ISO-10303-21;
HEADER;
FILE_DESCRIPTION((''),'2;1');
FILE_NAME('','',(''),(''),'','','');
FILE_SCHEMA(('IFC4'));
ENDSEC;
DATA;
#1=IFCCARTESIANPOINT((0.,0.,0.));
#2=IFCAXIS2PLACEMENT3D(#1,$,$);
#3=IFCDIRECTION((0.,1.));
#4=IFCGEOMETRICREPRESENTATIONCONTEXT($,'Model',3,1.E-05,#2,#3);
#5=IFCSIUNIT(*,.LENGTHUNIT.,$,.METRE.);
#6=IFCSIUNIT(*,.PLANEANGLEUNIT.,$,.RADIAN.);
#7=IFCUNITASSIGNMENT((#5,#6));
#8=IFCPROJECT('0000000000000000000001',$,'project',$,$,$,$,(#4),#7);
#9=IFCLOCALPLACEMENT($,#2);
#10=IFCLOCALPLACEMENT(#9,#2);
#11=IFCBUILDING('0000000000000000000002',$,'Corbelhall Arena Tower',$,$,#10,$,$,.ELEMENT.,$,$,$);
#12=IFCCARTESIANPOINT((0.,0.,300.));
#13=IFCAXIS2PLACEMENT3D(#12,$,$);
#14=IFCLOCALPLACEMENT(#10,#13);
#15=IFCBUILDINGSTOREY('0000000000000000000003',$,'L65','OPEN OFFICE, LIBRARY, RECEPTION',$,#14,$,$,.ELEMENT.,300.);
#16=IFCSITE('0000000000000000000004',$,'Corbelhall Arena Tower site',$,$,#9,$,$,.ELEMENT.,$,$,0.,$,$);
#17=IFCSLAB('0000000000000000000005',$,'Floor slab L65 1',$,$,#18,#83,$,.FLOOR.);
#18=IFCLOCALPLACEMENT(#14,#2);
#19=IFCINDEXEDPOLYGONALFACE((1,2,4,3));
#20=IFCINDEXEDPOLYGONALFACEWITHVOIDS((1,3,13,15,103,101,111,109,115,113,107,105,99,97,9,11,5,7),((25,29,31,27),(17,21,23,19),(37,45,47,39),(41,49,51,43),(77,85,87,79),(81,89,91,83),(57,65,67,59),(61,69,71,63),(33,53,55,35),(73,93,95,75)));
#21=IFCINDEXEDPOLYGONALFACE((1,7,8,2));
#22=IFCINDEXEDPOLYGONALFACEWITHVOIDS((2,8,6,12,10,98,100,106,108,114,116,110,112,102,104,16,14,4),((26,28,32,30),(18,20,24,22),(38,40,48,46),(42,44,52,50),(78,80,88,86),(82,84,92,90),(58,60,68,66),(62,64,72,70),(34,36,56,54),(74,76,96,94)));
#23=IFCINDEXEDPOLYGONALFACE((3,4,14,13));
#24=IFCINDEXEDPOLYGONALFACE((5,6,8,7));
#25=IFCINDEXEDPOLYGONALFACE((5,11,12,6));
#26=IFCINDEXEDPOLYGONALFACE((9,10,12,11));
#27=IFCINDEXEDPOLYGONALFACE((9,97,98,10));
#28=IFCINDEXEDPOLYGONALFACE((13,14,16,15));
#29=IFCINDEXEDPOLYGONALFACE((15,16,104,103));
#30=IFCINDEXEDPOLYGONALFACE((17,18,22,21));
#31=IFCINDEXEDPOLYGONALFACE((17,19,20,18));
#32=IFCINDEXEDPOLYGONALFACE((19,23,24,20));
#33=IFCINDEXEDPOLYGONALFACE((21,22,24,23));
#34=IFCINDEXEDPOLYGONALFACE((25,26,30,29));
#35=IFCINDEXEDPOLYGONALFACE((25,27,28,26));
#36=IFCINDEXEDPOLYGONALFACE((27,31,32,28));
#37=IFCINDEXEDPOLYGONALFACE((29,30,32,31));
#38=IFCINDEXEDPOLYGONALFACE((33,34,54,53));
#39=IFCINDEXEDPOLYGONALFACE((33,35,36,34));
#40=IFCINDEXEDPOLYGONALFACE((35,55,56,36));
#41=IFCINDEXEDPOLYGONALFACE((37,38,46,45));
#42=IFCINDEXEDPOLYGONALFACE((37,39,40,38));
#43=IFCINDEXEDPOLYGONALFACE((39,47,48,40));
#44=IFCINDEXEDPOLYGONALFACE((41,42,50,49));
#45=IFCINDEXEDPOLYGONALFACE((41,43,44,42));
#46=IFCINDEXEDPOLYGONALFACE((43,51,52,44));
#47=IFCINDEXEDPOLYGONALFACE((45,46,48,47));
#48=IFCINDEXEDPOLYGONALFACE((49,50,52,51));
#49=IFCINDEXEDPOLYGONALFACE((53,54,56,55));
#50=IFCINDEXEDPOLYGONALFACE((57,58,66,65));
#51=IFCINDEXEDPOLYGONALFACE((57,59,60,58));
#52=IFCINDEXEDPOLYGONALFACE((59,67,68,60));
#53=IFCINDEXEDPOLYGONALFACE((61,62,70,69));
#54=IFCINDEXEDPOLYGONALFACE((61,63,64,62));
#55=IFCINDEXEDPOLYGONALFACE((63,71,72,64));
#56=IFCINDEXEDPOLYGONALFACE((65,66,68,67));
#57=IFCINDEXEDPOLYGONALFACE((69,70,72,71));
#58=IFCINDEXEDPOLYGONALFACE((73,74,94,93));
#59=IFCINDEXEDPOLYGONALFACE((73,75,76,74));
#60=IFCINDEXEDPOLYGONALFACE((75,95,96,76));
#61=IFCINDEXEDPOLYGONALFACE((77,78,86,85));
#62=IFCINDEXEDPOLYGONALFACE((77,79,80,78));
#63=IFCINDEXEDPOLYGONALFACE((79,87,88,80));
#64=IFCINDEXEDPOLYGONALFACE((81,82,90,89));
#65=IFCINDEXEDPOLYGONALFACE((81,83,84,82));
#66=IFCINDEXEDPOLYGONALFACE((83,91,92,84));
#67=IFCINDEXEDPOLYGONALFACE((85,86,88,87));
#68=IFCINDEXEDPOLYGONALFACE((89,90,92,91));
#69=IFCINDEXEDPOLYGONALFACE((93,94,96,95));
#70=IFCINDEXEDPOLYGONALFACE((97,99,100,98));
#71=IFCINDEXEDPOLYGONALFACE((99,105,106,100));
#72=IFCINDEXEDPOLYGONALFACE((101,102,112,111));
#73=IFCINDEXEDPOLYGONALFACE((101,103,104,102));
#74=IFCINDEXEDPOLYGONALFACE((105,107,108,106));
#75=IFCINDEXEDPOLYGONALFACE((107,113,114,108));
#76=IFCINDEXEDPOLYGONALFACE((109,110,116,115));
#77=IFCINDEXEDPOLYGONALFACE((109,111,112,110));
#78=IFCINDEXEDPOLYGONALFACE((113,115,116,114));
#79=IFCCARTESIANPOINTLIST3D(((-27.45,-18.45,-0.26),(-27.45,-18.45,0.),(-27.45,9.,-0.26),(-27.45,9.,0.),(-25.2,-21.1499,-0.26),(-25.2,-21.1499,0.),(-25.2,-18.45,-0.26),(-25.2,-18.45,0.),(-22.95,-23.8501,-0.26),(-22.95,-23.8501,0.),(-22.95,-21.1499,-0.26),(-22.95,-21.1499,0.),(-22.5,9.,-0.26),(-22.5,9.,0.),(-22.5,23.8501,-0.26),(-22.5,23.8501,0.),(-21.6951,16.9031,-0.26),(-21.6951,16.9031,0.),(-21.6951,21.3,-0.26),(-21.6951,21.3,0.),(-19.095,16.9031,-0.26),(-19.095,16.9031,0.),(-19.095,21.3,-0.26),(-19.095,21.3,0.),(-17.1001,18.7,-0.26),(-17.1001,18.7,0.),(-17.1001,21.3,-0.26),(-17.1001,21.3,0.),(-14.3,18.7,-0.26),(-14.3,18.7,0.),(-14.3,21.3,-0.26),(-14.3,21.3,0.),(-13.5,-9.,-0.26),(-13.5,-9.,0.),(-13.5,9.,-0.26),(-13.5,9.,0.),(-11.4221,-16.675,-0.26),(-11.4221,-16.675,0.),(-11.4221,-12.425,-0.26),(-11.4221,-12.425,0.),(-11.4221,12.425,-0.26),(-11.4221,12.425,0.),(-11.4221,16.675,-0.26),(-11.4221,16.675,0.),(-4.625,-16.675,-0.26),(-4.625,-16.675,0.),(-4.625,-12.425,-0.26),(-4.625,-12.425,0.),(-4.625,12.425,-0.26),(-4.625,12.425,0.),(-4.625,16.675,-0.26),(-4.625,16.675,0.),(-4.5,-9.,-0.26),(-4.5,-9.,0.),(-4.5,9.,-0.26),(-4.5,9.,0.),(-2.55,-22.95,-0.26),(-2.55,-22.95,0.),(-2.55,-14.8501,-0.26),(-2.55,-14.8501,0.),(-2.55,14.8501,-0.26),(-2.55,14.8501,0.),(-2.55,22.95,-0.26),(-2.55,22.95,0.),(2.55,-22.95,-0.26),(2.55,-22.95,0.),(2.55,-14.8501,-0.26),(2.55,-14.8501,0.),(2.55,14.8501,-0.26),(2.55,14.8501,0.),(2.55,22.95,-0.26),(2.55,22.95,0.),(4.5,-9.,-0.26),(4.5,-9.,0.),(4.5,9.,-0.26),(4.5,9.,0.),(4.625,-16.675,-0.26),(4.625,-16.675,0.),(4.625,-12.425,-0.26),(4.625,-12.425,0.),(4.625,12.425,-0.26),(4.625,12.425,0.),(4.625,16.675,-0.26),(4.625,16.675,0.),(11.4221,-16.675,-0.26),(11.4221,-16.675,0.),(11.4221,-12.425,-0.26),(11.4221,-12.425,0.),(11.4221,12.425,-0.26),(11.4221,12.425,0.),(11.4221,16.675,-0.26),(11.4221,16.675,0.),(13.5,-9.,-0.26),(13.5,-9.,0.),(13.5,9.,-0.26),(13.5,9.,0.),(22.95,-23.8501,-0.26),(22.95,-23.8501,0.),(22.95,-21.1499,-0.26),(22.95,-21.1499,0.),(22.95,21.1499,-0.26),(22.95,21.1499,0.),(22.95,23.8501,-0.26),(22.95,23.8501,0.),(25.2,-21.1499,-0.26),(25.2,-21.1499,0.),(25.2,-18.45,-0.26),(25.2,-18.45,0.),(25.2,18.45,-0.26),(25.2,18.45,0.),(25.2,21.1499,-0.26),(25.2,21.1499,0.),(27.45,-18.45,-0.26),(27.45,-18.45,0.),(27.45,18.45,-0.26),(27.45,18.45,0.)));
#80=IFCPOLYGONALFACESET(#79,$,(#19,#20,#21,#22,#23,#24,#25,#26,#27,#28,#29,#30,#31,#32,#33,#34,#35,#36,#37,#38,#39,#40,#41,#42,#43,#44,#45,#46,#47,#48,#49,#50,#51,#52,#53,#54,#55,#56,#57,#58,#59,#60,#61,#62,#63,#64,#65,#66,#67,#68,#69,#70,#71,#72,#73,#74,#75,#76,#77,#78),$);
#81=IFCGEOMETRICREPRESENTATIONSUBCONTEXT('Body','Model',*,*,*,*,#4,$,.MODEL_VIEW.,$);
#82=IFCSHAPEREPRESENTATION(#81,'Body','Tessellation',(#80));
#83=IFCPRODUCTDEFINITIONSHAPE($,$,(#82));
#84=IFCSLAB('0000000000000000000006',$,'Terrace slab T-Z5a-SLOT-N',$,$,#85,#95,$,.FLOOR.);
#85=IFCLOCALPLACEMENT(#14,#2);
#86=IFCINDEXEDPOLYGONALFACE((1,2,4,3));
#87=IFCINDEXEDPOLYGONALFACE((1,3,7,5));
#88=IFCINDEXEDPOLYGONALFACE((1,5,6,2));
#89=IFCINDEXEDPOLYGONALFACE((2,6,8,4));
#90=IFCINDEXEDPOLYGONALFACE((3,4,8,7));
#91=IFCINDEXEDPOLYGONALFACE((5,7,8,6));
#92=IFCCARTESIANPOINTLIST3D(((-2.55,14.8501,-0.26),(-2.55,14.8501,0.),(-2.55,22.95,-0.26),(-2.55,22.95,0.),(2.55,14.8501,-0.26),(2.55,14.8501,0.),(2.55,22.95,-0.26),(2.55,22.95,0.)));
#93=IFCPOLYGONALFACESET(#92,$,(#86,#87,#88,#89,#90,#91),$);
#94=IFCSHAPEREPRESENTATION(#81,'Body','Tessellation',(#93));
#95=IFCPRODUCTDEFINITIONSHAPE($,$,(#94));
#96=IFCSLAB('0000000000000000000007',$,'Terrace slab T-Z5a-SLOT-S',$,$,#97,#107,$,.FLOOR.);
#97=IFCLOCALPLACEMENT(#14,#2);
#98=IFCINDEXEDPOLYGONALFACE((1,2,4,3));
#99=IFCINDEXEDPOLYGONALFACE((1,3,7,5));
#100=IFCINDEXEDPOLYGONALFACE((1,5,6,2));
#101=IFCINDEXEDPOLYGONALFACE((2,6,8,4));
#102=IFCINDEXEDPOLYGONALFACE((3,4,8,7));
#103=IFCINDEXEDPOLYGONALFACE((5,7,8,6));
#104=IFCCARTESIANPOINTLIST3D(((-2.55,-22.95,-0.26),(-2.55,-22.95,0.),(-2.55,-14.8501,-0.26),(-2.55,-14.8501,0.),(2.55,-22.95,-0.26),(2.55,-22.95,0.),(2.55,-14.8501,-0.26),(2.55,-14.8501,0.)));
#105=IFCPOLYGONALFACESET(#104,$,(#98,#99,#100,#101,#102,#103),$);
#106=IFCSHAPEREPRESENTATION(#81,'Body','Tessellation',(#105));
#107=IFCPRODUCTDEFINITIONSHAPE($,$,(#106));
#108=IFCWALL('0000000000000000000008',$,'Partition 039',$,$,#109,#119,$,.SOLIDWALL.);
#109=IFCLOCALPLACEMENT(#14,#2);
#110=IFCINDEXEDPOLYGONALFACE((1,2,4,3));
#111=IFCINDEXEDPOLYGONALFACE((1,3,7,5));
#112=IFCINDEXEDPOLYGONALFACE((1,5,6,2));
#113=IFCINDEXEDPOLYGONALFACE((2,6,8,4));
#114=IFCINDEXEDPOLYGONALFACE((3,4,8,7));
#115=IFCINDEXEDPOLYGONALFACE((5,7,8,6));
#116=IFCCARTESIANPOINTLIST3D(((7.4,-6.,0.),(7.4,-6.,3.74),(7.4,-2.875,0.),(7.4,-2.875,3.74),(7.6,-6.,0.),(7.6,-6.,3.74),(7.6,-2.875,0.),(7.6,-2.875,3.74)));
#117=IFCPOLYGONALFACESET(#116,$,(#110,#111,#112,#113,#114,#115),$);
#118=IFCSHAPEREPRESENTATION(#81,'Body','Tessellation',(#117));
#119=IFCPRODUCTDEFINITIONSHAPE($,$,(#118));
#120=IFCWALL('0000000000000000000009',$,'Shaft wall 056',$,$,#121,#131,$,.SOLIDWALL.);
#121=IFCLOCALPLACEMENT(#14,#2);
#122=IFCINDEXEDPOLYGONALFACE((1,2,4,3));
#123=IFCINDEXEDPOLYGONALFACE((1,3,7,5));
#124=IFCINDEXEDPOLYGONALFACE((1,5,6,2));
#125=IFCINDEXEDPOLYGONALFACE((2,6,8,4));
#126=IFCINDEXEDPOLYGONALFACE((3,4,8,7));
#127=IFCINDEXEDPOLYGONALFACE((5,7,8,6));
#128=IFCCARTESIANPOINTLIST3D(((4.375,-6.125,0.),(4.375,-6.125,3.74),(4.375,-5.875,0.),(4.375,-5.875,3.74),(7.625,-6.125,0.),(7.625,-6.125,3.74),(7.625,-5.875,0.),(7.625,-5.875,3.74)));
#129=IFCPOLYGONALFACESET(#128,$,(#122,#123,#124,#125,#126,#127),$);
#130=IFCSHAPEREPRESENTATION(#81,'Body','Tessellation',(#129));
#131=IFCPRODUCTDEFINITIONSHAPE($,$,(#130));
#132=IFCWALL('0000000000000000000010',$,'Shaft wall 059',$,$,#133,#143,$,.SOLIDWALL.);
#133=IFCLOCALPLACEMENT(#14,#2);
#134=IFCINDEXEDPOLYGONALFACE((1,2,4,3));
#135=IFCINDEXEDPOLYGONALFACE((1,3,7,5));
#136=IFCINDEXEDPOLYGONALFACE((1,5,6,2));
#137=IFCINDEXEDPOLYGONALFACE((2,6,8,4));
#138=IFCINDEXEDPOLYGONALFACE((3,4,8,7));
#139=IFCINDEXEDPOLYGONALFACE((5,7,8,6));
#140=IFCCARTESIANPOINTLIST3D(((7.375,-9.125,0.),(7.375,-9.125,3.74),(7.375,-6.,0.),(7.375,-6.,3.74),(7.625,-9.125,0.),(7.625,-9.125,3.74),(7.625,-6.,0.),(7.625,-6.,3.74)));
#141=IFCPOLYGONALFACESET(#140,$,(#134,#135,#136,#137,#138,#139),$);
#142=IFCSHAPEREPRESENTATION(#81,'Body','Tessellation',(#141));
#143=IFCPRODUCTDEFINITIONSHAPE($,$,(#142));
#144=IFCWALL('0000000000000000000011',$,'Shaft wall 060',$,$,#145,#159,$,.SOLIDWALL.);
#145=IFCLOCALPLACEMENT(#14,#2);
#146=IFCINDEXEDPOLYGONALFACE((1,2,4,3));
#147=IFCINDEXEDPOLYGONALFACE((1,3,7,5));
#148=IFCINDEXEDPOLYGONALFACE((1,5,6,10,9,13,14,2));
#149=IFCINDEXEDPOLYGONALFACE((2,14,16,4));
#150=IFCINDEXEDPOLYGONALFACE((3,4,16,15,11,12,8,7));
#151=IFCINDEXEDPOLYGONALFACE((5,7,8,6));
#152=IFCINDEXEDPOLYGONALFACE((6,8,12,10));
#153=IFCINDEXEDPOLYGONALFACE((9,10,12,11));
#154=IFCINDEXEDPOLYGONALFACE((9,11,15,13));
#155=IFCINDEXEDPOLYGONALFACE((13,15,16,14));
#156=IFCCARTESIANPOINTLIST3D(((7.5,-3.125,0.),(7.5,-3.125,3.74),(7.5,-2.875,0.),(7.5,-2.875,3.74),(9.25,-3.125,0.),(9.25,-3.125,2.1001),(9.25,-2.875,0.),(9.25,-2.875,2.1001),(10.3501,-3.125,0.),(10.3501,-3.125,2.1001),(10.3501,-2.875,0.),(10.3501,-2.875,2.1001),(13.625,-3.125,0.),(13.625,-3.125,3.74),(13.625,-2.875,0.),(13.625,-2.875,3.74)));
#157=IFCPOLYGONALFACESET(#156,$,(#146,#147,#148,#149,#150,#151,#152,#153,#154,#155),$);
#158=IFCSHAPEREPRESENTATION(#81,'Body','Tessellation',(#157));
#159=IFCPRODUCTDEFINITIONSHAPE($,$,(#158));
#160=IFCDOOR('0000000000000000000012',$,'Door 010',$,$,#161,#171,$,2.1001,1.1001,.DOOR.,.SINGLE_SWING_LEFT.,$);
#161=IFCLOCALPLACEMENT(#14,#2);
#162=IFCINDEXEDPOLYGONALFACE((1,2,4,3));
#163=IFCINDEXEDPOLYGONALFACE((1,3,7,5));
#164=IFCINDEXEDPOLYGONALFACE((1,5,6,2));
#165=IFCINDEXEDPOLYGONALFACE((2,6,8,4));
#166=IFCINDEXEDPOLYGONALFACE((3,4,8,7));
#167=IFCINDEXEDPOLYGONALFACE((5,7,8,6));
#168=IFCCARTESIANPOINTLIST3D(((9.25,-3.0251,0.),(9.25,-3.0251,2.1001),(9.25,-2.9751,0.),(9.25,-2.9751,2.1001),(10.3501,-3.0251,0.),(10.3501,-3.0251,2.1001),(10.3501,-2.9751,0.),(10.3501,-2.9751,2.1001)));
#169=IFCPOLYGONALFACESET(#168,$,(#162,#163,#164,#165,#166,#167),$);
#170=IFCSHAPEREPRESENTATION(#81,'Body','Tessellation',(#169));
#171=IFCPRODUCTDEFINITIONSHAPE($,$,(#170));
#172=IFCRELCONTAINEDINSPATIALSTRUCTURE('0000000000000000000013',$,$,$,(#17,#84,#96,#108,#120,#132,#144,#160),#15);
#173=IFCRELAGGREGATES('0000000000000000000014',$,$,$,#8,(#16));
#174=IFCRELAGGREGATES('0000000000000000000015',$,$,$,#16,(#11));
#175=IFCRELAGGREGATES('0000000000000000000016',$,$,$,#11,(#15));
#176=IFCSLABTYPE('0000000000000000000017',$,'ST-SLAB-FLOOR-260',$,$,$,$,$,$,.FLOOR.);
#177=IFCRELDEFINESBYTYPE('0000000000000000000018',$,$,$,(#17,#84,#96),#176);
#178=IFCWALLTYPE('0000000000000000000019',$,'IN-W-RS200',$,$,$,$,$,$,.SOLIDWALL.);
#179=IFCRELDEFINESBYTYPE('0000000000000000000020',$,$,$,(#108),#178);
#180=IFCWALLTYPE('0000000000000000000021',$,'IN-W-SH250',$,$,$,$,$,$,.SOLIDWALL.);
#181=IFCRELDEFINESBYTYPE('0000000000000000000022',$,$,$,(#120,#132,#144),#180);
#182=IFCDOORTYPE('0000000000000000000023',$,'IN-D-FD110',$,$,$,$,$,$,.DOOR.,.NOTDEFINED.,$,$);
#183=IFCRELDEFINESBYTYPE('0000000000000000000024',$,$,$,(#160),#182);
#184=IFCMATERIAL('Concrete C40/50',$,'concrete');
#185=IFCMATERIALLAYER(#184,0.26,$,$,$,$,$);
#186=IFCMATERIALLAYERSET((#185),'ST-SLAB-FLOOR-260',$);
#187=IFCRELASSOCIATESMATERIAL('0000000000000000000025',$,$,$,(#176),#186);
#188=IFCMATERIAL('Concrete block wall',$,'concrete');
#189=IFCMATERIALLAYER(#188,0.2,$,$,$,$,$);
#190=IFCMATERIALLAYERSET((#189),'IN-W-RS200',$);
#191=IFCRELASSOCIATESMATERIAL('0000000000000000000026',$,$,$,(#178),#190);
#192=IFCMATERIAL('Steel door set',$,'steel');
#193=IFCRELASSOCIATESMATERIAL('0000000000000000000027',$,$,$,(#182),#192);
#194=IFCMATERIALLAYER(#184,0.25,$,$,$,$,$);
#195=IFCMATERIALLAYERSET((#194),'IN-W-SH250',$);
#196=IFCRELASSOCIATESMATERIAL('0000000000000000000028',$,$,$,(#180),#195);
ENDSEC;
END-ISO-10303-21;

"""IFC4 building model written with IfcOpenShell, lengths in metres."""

from ifc_helpers import new_model, si_unit, direction, frame, frame_2d, origin, place, context, subcontext, project, spatial, polyline, rectangle, outline, extrude, material, layer, layer_set, type_object, element, fill, save


model = new_model("IFC4")

# Units and contexts
model_context = context("Model", 3, precision=1e-05, world=origin(), true_north=direction((0.0, 1.0)))
body_context = subcontext(model_context, "Body", "Model", "MODEL_VIEW")
ifc_project = project(units=[si_unit("LENGTHUNIT", "METRE"), si_unit("PLANEANGLEUNIT", "RADIAN")], contexts=[model_context])

# Site, building, storey
site_placement = place(None, origin())
site = spatial("IfcSite", under=ifc_project, at=site_placement, Name="Corbelhall Arena Tower site", CompositionType="ELEMENT", RefElevation=0.0)
building_placement = place(site_placement, origin())
building = spatial("IfcBuilding", under=site, at=building_placement, Name="Corbelhall Arena Tower", CompositionType="ELEMENT")
storey_placement = place(building_placement, frame((0.0, 0.0, 300.0)))
storey = spatial("IfcBuildingStorey", under=building, at=storey_placement, Name="L65", Description="OPEN OFFICE, LIBRARY, RECEPTION", CompositionType="ELEMENT", Elevation=300.0)

# Shared definitions
ifc_material_1 = material(Name="Concrete C40/50", Category="concrete")

# Slabs
ifc_layer_1 = layer(ifc_material_1, 0.26)
ifc_layer_set_1 = layer_set([ifc_layer_1], Name="ST-SLAB-FLOOR-260")
slab_type_1 = type_object("IfcSlabType", Name="ST-SLAB-FLOOR-260", PredefinedType="FLOOR", material=ifc_layer_set_1)
slab_1_placement = place(storey_placement, frame((0.0, 0.0, -0.26)))
element("IfcSlab", 1, at=slab_1_placement, inside=storey, type_object=slab_type_1, Name="Floor slab L65 1", PredefinedType="FLOOR", context=body_context, shape_type="SweptSolid", body=[
    extrude(outline(polyline([(22.95, -23.8501), (22.95, -21.1499), (25.2, -21.1499), (25.2, -18.45), (27.45, -18.45), (27.45, 18.45), (25.2, 18.45), (25.2, 21.1499), (22.95, 21.1499), (22.95, 23.8501), (-22.5, 23.8501), (-22.5, 9.0), (-27.45, 9.0), (-27.45, -18.45), (-25.2, -18.45), (-25.2, -21.1499), (-22.95, -21.1499), (-22.95, -23.8501), (22.95, -23.8501)]), holes=[polyline([(2.55, 22.95), (-2.55, 22.95), (-2.55, 14.8501), (2.55, 14.8501), (2.55, 22.95)]), polyline([(2.55, -22.95), (2.55, -14.8501), (-2.55, -14.8501), (-2.55, -22.95), (2.55, -22.95)]), polyline([(-13.5, 9.0), (-13.5, -9.0), (-4.5, -9.0), (-4.5, 9.0), (-13.5, 9.0)]), polyline([(4.5, 9.0), (4.5, -9.0), (13.5, -9.0), (13.5, 9.0), (4.5, 9.0)]), polyline([(-4.625, 16.675), (-11.4221, 16.675), (-11.4221, 12.425), (-4.625, 12.425), (-4.625, 16.675)]), polyline([(-4.625, -16.675), (-4.625, -12.425), (-11.4221, -12.425), (-11.4221, -16.675), (-4.625, -16.675)]), polyline([(11.4221, 16.675), (4.625, 16.675), (4.625, 12.425), (11.4221, 12.425), (11.4221, 16.675)]), polyline([(11.4221, -16.675), (11.4221, -12.425), (4.625, -12.425), (4.625, -16.675), (11.4221, -16.675)]), polyline([(-21.6951, 21.3), (-21.6951, 16.9031), (-19.095, 16.9031), (-19.095, 21.3), (-21.6951, 21.3)]), polyline([(-14.3, 21.3), (-17.1001, 21.3), (-17.1001, 18.7), (-14.3, 18.7), (-14.3, 21.3)])]), origin(), (0.0, 0.0, 1.0), 0.26),
])
slab_2_placement = place(storey_placement, frame((0.0, 0.0, -0.26)))
element("IfcSlab", 2, at=slab_2_placement, inside=storey, type_object=slab_type_1, Name="Terrace slab T-Z5a-SLOT-N", PredefinedType="FLOOR", context=body_context, shape_type="SweptSolid", body=[
    extrude(outline(polyline([(2.55, 14.8501), (2.55, 22.95), (-2.55, 22.95), (-2.55, 14.8501), (2.55, 14.8501)])), origin(), (0.0, 0.0, 1.0), 0.26),
])
slab_3_placement = place(storey_placement, frame((0.0, 0.0, -0.26)))
element("IfcSlab", 3, at=slab_3_placement, inside=storey, type_object=slab_type_1, Name="Terrace slab T-Z5a-SLOT-S", PredefinedType="FLOOR", context=body_context, shape_type="SweptSolid", body=[
    extrude(outline(polyline([(2.55, -22.95), (2.55, -14.8501), (-2.55, -14.8501), (-2.55, -22.95), (2.55, -22.95)])), origin(), (0.0, 0.0, 1.0), 0.26),
])

# Wall
ifc_material_2 = material(Name="Concrete block wall", Category="concrete")
ifc_layer_2 = layer(ifc_material_2, 0.2)
ifc_layer_set_2 = layer_set([ifc_layer_2], Name="IN-W-RS200")
wall_type_1 = type_object("IfcWallType", Name="IN-W-RS200", PredefinedType="SOLIDWALL", material=ifc_layer_set_2)
wall_1_placement = place(storey_placement, frame((7.5, -2.875, 0.0), z_axis=(0.0, 0.0, 1.0), x_axis=(0.0, -1.0, 0.0)))
element("IfcWall", 4, at=wall_1_placement, inside=storey, type_object=wall_type_1, Name="Partition 039", PredefinedType="SOLIDWALL", context=body_context, shape_type="SweptSolid", body=[
    extrude(rectangle(XDim=3.125, YDim=0.2, at=frame_2d((1.5625, 0.0))), origin(), (0.0, 0.0, 1.0), 3.74),
])

# Shared definitions
ifc_material_3 = material(Name="Steel door set", Category="steel")
door_type = type_object("IfcDoorType", Name="IN-D-FD110", OperationType="NOTDEFINED", PredefinedType="DOOR", material=ifc_material_3)

# Walls
ifc_layer_3 = layer(ifc_material_1, 0.25)
ifc_layer_set_3 = layer_set([ifc_layer_3], Name="IN-W-SH250")
wall_type_2 = type_object("IfcWallType", Name="IN-W-SH250", PredefinedType="SOLIDWALL", material=ifc_layer_set_3)
wall_2_placement = place(storey_placement, frame((4.375, -6.0, 0.0), z_axis=(0.0, 0.0, 1.0), x_axis=(1.0, 0.0, 0.0)))
element("IfcWall", 5, at=wall_2_placement, inside=storey, type_object=wall_type_2, Name="Shaft wall 056", PredefinedType="SOLIDWALL", context=body_context, shape_type="SweptSolid", body=[
    extrude(rectangle(XDim=3.25, YDim=0.25, at=frame_2d((1.625, 0.0))), origin(), (0.0, 0.0, 1.0), 3.74),
])
wall_3_placement = place(storey_placement, frame((7.5, -6.0, 0.0), z_axis=(0.0, 0.0, 1.0), x_axis=(0.0, -1.0, 0.0)))
element("IfcWall", 6, at=wall_3_placement, inside=storey, type_object=wall_type_2, Name="Shaft wall 059", PredefinedType="SOLIDWALL", context=body_context, shape_type="SweptSolid", body=[
    extrude(rectangle(XDim=3.125, YDim=0.25, at=frame_2d((1.5625, 0.0))), origin(), (0.0, 0.0, 1.0), 3.74),
])

# Wall, opening, door
wall_4_placement = place(storey_placement, frame((7.5, -3.0, 0.0), z_axis=(0.0, 0.0, 1.0), x_axis=(1.0, 0.0, 0.0)))
wall_4 = element("IfcWall", 7, at=wall_4_placement, inside=storey, type_object=wall_type_2, Name="Shaft wall 060", PredefinedType="SOLIDWALL", context=body_context, shape_type="SweptSolid", body=[
    extrude(rectangle(XDim=6.125, YDim=0.25, at=frame_2d((3.0625, 0.0))), origin(), (0.0, 0.0, 1.0), 3.74),
])
opening_1_placement = place(wall_4_placement, frame((1.75, 0.0, 0.0)))
opening_1 = element("IfcOpeningElement", 8, at=opening_1_placement, cuts=wall_4, PredefinedType="OPENING", context=body_context, shape_type="SweptSolid", body=[
    extrude(rectangle(XDim=1.1001, YDim=2.1001, at=frame_2d((0.55, 1.05))), frame((0.0, 0.125, 0.0), z_axis=(0.0, -1.0, 0.0), x_axis=(1.0, 0.0, 0.0)), (0.0, 0.0, 1.0), 0.25),
])
door_1_placement = place(opening_1_placement, origin())
door_1 = element("IfcDoor", 9, at=door_1_placement, inside=storey, type_object=door_type, Name="Door 010", OperationType="SINGLE_SWING_LEFT", OverallHeight=2.1001, OverallWidth=1.1001, PredefinedType="DOOR", context=body_context, shape_type="SweptSolid", body=[
    extrude(rectangle(XDim=1.1001, YDim=2.1001, at=frame_2d((0.55, 1.05))), frame((0.0, 0.0249, 0.0), z_axis=(0.0, -1.0, 0.0), x_axis=(1.0, 0.0, 0.0)), (0.0, 0.0, 1.0), 0.05),
])
fill(opening_1, door_1)

save(model, "model.ifc")
